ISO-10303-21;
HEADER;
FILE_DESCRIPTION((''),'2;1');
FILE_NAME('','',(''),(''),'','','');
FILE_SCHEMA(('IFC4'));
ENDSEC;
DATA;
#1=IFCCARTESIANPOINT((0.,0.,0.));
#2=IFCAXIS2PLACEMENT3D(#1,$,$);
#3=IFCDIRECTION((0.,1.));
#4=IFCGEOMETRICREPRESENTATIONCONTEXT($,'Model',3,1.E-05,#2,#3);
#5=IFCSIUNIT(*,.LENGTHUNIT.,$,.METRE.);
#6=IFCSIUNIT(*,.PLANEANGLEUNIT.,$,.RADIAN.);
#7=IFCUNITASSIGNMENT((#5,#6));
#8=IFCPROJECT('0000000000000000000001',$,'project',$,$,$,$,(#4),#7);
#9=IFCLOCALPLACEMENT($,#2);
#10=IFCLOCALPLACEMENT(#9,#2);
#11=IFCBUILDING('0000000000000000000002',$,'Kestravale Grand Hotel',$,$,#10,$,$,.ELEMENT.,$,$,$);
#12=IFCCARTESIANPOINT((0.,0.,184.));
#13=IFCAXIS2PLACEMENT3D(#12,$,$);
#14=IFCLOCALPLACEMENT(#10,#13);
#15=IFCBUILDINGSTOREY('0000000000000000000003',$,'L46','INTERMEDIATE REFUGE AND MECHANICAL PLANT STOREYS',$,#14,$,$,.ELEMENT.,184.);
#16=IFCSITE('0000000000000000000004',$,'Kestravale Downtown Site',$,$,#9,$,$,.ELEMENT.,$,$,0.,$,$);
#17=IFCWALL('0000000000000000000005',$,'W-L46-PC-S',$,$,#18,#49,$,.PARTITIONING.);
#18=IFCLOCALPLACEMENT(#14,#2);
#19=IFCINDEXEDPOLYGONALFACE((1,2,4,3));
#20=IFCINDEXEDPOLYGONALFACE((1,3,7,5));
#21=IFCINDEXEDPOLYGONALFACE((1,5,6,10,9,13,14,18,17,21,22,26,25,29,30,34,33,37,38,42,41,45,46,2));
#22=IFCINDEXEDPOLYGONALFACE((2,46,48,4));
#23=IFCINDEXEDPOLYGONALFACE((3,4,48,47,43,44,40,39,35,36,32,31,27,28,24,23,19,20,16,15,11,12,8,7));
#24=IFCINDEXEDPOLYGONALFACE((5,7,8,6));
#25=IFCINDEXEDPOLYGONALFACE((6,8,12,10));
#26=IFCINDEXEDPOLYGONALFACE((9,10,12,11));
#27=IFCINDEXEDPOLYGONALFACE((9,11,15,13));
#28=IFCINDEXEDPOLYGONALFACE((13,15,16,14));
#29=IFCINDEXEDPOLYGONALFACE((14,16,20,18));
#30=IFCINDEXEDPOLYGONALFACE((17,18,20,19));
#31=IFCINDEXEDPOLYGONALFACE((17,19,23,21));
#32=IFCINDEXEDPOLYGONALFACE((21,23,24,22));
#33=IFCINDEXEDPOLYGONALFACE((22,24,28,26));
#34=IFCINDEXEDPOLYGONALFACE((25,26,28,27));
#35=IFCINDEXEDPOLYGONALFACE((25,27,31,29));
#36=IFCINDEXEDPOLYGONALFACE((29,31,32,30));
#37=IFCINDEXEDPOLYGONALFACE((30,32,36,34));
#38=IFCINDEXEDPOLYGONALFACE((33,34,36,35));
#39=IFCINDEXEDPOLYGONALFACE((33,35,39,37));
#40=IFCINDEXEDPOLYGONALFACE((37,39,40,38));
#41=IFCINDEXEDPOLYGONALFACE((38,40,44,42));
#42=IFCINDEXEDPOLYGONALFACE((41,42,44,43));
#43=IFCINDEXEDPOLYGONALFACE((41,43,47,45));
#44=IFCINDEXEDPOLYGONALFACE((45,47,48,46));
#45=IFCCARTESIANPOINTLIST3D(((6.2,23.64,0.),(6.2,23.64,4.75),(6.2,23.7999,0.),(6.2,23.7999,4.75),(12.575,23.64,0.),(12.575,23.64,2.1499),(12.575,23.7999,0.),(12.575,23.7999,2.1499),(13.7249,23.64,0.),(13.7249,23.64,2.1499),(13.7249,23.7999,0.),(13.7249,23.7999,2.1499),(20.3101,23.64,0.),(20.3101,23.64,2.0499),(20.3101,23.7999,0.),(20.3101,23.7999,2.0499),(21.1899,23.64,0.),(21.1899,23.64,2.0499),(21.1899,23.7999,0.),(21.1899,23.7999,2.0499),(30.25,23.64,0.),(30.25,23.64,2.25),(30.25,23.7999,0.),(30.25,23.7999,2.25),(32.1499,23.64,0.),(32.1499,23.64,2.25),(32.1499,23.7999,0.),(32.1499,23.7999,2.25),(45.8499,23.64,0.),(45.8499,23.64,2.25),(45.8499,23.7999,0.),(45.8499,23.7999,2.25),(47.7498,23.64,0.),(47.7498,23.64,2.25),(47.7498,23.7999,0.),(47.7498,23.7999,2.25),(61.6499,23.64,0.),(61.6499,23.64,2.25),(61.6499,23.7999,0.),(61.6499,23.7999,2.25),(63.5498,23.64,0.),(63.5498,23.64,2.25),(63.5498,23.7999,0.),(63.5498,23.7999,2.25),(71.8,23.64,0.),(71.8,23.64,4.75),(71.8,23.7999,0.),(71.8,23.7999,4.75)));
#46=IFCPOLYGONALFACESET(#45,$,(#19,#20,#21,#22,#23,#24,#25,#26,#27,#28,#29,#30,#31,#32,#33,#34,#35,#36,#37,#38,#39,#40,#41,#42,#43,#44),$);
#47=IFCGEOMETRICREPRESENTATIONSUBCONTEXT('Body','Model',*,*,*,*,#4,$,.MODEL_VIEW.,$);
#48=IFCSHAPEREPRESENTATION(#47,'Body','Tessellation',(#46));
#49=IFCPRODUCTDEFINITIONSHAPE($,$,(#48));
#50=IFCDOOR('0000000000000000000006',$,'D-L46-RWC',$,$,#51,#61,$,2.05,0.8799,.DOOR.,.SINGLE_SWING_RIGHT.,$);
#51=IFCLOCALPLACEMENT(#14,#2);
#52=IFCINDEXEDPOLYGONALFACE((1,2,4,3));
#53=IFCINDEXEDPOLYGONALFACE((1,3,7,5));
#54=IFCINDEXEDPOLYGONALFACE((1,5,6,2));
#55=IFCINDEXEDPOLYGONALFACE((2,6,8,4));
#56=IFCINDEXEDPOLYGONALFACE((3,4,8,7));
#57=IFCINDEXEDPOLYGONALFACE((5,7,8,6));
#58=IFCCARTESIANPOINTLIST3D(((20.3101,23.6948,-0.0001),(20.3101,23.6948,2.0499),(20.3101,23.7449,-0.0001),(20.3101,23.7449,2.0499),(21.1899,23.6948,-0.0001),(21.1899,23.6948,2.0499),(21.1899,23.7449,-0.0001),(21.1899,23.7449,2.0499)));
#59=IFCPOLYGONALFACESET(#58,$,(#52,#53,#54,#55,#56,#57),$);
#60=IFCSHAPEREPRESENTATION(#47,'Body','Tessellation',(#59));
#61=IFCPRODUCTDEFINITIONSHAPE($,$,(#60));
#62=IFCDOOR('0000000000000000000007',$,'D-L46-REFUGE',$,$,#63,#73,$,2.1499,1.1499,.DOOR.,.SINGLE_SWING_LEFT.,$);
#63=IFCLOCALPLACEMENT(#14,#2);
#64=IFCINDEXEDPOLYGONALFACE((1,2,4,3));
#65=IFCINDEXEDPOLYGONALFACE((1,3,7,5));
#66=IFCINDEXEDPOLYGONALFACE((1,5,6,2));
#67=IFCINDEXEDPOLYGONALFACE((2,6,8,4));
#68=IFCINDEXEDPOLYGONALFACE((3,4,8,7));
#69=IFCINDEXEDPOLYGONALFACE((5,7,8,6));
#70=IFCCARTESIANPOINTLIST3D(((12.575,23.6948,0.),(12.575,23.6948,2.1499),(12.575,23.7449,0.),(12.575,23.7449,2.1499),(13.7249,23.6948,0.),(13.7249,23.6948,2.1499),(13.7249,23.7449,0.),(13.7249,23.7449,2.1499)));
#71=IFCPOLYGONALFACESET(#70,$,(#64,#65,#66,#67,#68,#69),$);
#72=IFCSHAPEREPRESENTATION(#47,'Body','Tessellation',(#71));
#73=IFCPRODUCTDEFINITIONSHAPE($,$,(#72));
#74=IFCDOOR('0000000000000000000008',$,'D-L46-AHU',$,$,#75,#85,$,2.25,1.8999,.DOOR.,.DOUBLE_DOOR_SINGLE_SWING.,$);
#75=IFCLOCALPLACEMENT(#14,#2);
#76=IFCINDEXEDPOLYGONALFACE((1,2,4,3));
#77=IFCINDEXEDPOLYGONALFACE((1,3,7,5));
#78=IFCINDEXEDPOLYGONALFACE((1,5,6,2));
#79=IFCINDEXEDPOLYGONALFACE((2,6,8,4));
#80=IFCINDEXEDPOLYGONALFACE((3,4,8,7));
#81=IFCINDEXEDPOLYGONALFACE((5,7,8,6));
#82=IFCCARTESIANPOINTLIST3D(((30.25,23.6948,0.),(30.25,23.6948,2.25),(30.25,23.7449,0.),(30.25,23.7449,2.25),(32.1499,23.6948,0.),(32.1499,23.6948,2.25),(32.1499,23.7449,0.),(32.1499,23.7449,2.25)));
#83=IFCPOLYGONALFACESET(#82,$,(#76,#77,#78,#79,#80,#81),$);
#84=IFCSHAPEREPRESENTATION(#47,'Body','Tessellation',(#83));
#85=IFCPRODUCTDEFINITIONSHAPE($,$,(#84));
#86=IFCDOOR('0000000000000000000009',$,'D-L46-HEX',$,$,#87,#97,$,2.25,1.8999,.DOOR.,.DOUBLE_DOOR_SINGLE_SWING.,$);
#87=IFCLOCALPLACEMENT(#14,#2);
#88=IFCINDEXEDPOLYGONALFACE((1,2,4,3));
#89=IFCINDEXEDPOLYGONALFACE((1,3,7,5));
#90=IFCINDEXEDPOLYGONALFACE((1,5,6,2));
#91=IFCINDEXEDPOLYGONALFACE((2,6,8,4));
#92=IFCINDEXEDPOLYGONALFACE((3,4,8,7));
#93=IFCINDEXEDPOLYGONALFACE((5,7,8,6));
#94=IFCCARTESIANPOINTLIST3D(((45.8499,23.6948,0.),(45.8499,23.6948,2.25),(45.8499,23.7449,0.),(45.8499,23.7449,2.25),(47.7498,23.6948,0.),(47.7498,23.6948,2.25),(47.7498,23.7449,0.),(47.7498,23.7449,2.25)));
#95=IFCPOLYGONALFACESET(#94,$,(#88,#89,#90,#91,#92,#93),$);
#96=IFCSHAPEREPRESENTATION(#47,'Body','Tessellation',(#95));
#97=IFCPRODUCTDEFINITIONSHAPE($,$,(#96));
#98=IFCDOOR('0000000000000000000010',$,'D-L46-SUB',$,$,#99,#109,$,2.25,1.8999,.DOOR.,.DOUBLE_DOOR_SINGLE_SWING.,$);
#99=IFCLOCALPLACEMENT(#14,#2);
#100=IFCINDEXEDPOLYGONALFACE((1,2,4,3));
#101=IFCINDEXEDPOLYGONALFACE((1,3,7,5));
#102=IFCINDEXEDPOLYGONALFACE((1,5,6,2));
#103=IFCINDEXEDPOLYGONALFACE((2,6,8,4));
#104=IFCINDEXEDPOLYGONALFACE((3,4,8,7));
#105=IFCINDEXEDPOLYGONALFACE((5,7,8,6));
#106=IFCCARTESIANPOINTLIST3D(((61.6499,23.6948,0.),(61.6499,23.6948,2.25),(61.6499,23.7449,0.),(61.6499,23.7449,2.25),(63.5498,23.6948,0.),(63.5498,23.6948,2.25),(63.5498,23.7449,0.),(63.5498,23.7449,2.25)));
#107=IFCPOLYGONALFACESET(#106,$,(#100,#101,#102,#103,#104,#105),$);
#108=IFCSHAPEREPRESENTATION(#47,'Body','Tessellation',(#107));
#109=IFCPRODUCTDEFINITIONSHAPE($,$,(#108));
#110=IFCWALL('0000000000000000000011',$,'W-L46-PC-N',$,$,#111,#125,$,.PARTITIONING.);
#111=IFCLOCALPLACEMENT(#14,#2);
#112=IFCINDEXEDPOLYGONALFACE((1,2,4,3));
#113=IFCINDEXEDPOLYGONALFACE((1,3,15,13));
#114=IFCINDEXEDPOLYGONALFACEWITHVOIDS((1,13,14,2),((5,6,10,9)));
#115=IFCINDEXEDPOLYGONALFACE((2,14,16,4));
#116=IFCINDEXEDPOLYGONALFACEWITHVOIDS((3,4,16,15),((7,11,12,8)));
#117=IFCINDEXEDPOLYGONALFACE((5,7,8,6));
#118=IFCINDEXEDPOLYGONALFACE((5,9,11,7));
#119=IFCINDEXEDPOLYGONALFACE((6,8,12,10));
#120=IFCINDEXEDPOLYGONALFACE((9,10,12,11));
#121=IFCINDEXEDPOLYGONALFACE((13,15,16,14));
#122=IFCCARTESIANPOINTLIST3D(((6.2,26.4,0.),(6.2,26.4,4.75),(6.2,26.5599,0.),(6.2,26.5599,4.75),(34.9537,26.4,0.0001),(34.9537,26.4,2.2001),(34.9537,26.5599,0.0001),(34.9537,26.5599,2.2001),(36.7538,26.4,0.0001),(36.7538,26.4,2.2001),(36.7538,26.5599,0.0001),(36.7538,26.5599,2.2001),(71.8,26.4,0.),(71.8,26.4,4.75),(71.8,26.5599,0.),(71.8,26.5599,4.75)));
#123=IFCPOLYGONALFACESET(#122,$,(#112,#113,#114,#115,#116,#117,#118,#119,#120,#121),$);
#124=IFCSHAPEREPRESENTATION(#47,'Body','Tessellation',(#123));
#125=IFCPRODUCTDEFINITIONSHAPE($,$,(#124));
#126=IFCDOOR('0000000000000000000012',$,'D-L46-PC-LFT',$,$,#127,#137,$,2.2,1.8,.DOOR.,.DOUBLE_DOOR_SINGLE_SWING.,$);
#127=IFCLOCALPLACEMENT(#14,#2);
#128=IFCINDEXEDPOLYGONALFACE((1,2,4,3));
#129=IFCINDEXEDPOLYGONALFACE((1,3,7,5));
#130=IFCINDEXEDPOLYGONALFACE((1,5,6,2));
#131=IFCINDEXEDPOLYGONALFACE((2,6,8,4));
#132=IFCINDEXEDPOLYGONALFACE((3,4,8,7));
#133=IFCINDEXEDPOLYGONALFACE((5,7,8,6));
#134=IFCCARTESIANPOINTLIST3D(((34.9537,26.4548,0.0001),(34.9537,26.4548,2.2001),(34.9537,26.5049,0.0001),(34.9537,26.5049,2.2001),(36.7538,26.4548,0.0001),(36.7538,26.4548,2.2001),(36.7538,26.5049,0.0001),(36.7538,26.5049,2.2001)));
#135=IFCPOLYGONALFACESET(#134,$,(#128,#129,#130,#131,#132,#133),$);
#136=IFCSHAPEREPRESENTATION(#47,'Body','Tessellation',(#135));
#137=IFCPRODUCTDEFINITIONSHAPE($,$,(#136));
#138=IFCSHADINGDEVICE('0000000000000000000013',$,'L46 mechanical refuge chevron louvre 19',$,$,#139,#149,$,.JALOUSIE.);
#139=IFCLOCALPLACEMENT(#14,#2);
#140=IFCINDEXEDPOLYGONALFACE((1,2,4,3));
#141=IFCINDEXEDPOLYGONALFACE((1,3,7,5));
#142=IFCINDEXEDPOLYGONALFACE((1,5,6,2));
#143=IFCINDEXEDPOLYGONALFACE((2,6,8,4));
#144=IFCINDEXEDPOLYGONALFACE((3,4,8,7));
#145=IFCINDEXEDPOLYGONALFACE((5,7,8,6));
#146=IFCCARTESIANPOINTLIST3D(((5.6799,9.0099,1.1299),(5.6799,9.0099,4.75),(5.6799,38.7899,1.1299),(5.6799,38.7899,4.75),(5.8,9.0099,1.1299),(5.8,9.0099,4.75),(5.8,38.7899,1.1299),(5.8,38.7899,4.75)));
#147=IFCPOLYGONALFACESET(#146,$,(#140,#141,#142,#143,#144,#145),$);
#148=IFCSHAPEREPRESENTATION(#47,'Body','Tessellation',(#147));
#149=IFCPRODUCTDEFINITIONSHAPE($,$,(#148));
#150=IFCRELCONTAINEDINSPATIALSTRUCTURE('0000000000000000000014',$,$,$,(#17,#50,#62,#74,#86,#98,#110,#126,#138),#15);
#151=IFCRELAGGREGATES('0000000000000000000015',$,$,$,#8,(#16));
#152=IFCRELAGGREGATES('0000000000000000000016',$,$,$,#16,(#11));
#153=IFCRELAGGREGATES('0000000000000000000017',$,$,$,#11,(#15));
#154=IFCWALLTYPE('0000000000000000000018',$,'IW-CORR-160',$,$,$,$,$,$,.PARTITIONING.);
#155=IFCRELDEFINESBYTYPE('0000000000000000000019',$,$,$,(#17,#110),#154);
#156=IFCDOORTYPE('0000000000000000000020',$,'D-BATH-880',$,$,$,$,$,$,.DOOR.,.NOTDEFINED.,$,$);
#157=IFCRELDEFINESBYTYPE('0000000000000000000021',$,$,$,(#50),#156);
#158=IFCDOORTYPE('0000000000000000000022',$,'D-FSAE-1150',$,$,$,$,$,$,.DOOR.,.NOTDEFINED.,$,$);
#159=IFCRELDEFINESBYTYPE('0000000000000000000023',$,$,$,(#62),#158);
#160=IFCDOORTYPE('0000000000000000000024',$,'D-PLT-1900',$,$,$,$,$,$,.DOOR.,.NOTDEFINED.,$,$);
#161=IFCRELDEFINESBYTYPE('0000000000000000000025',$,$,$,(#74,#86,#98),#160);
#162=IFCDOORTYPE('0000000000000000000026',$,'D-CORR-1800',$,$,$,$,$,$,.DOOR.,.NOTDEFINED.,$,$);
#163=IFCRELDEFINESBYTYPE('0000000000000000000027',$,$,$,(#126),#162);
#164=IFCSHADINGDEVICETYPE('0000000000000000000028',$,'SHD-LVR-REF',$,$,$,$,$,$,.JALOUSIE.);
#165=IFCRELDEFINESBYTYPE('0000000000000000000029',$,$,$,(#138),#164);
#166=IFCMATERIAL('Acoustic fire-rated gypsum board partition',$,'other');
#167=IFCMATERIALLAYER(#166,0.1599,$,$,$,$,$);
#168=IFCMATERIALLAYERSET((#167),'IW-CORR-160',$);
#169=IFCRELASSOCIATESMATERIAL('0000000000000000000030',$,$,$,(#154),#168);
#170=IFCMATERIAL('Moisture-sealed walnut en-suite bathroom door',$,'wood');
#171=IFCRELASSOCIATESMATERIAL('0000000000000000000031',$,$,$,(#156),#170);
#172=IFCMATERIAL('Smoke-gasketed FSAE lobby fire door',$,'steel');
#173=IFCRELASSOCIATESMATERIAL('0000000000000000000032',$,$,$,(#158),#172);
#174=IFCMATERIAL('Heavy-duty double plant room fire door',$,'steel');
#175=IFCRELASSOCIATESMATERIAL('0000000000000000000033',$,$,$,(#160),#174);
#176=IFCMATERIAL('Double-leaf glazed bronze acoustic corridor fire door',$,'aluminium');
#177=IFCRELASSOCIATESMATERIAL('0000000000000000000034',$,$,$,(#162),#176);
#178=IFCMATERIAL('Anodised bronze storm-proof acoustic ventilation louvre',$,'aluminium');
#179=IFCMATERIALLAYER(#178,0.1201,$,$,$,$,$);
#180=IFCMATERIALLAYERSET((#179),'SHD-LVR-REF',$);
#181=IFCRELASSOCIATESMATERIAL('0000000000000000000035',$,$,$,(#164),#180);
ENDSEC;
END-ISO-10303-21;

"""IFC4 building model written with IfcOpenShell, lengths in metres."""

from ifc_helpers import new_model, si_unit, direction, frame, frame_2d, origin, origin_2d, place, context, subcontext, project, spatial, rectangle, extrude, material, layer, layer_set, type_object, element, fill, save


model = new_model("IFC4")

# Units and contexts
model_context = context("Model", 3, precision=1e-05, world=origin(), true_north=direction((0.0, 1.0)))
body_context = subcontext(model_context, "Body", "Model", "MODEL_VIEW")
ifc_project = project(units=[si_unit("LENGTHUNIT", "METRE"), si_unit("PLANEANGLEUNIT", "RADIAN")], contexts=[model_context])

# Site, building, storey
site_placement = place(None, origin())
site = spatial("IfcSite", under=ifc_project, at=site_placement, Name="Kestravale Downtown Site", CompositionType="ELEMENT", RefElevation=0.0)
building_placement = place(site_placement, origin())
building = spatial("IfcBuilding", under=site, at=building_placement, Name="Kestravale Grand Hotel", CompositionType="ELEMENT")
storey_placement = place(building_placement, frame((0.0, 0.0, 184.0)))
storey = spatial("IfcBuildingStorey", under=building, at=storey_placement, Name="L46", Description="INTERMEDIATE REFUGE AND MECHANICAL PLANT STOREYS", CompositionType="ELEMENT", Elevation=184.0)

# Wall, openings, doors
ifc_material_1 = material(Name="Acoustic fire-rated gypsum board partition", Category="other")
ifc_layer_1 = layer(ifc_material_1, 0.1599)
ifc_layer_set_1 = layer_set([ifc_layer_1], Name="IW-CORR-160")
wall_type = type_object("IfcWallType", Name="IW-CORR-160", PredefinedType="PARTITIONING", material=ifc_layer_set_1)
wall_1_placement = place(storey_placement, frame((6.2, 23.72, 0.0), z_axis=(0.0, 0.0, 1.0), x_axis=(1.0, 0.0, 0.0)))
wall_1 = element("IfcWall", 1, at=wall_1_placement, inside=storey, type_object=wall_type, Name="W-L46-PC-S", PredefinedType="PARTITIONING", context=body_context, shape_type="SweptSolid", body=[
    extrude(rectangle(XDim=65.6001, YDim=0.1599, at=frame_2d((32.8, 0.0))), origin(), (0.0, 0.0, 1.0), 4.75),
])
opening_1_placement = place(wall_1_placement, frame((14.1101, 0.0, 0.0)))
opening_1 = element("IfcOpeningElement", 2, at=opening_1_placement, cuts=wall_1, PredefinedType="OPENING", context=body_context, shape_type="SweptSolid", body=[
    extrude(rectangle(XDim=0.8799, YDim=2.05, at=frame_2d((0.4399, 1.0249))), frame((0.0, 0.0898, 0.0), z_axis=(0.0, -1.0, 0.0), x_axis=(1.0, 0.0, 0.0)), (0.0, 0.0, 1.0), 0.1799),
])
opening_2_placement = place(wall_1_placement, frame((6.375, 0.0, 0.0)))
opening_2 = element("IfcOpeningElement", 3, at=opening_2_placement, cuts=wall_1, PredefinedType="OPENING", context=body_context, shape_type="SweptSolid", body=[
    extrude(rectangle(XDim=1.1499, YDim=2.1499, at=frame_2d((0.575, 1.075))), frame((0.0, 0.0898, 0.0), z_axis=(0.0, -1.0, 0.0), x_axis=(1.0, 0.0, 0.0)), (0.0, 0.0, 1.0), 0.1799),
])
opening_3_placement = place(wall_1_placement, frame((24.05, 0.0, 0.0)))
opening_3 = element("IfcOpeningElement", 4, at=opening_3_placement, cuts=wall_1, PredefinedType="OPENING", context=body_context, shape_type="SweptSolid", body=[
    extrude(rectangle(XDim=1.8999, YDim=2.25, at=frame_2d((0.95, 1.125))), frame((0.0, 0.0898, 0.0), z_axis=(0.0, -1.0, 0.0), x_axis=(1.0, 0.0, 0.0)), (0.0, 0.0, 1.0), 0.1799),
])
opening_4_placement = place(wall_1_placement, frame((39.6499, 0.0, 0.0)))
opening_4 = element("IfcOpeningElement", 5, at=opening_4_placement, cuts=wall_1, PredefinedType="OPENING", context=body_context, shape_type="SweptSolid", body=[
    extrude(rectangle(XDim=1.8999, YDim=2.25, at=frame_2d((0.95, 1.125))), frame((0.0, 0.0898, 0.0), z_axis=(0.0, -1.0, 0.0), x_axis=(1.0, 0.0, 0.0)), (0.0, 0.0, 1.0), 0.1799),
])
opening_5_placement = place(wall_1_placement, frame((55.45, 0.0, 0.0)))
opening_5 = element("IfcOpeningElement", 6, at=opening_5_placement, cuts=wall_1, PredefinedType="OPENING", context=body_context, shape_type="SweptSolid", body=[
    extrude(rectangle(XDim=1.8999, YDim=2.25, at=frame_2d((0.95, 1.125))), frame((0.0, 0.0898, 0.0), z_axis=(0.0, -1.0, 0.0), x_axis=(1.0, 0.0, 0.0)), (0.0, 0.0, 1.0), 0.1799),
])
ifc_material_2 = material(Name="Moisture-sealed walnut en-suite bathroom door", Category="wood")
door_type_1 = type_object("IfcDoorType", Name="D-BATH-880", OperationType="NOTDEFINED", PredefinedType="DOOR", material=ifc_material_2)
door_1_placement = place(opening_1_placement, origin())
door_1 = element("IfcDoor", 7, at=door_1_placement, inside=storey, type_object=door_type_1, Name="D-L46-RWC", OperationType="SINGLE_SWING_RIGHT", OverallHeight=2.05, OverallWidth=0.8799, PredefinedType="DOOR", context=body_context, shape_type="SweptSolid", body=[
    extrude(rectangle(XDim=0.8799, YDim=2.05, at=frame_2d((0.4399, 1.0249))), frame((0.0, 0.0249, 0.0), z_axis=(0.0, -1.0, 0.0), x_axis=(1.0, 0.0, 0.0)), (0.0, 0.0, 1.0), 0.05),
])
fill(opening_1, door_1)
ifc_material_3 = material(Name="Smoke-gasketed FSAE lobby fire door", Category="steel")
door_type_2 = type_object("IfcDoorType", Name="D-FSAE-1150", OperationType="NOTDEFINED", PredefinedType="DOOR", material=ifc_material_3)
door_2_placement = place(opening_2_placement, origin())
door_2 = element("IfcDoor", 8, at=door_2_placement, inside=storey, type_object=door_type_2, Name="D-L46-REFUGE", OperationType="SINGLE_SWING_LEFT", OverallHeight=2.1499, OverallWidth=1.1499, PredefinedType="DOOR", context=body_context, shape_type="SweptSolid", body=[
    extrude(rectangle(XDim=1.1499, YDim=2.1499, at=frame_2d((0.575, 1.075))), frame((0.0, 0.0249, 0.0), z_axis=(0.0, -1.0, 0.0), x_axis=(1.0, 0.0, 0.0)), (0.0, 0.0, 1.0), 0.05),
])
fill(opening_2, door_2)
ifc_material_4 = material(Name="Heavy-duty double plant room fire door", Category="steel")
door_type_3 = type_object("IfcDoorType", Name="D-PLT-1900", OperationType="NOTDEFINED", PredefinedType="DOOR", material=ifc_material_4)
door_3_placement = place(opening_3_placement, origin())
door_3 = element("IfcDoor", 9, at=door_3_placement, inside=storey, type_object=door_type_3, Name="D-L46-AHU", OperationType="DOUBLE_DOOR_SINGLE_SWING", OverallHeight=2.25, OverallWidth=1.8999, PredefinedType="DOOR", context=body_context, shape_type="SweptSolid", body=[
    extrude(rectangle(XDim=1.8999, YDim=2.25, at=frame_2d((0.95, 1.125))), frame((0.0, 0.0249, 0.0), z_axis=(0.0, -1.0, 0.0), x_axis=(1.0, 0.0, 0.0)), (0.0, 0.0, 1.0), 0.05),
])
fill(opening_3, door_3)
door_4_placement = place(opening_4_placement, origin())
door_4 = element("IfcDoor", 10, at=door_4_placement, inside=storey, type_object=door_type_3, Name="D-L46-HEX", OperationType="DOUBLE_DOOR_SINGLE_SWING", OverallHeight=2.25, OverallWidth=1.8999, PredefinedType="DOOR", context=body_context, shape_type="SweptSolid", body=[
    extrude(rectangle(XDim=1.8999, YDim=2.25, at=frame_2d((0.95, 1.125))), frame((0.0, 0.0249, 0.0), z_axis=(0.0, -1.0, 0.0), x_axis=(1.0, 0.0, 0.0)), (0.0, 0.0, 1.0), 0.05),
])
fill(opening_4, door_4)
door_5_placement = place(opening_5_placement, origin())
door_5 = element("IfcDoor", 11, at=door_5_placement, inside=storey, type_object=door_type_3, Name="D-L46-SUB", OperationType="DOUBLE_DOOR_SINGLE_SWING", OverallHeight=2.25, OverallWidth=1.8999, PredefinedType="DOOR", context=body_context, shape_type="SweptSolid", body=[
    extrude(rectangle(XDim=1.8999, YDim=2.25, at=frame_2d((0.95, 1.125))), frame((0.0, 0.0249, 0.0), z_axis=(0.0, -1.0, 0.0), x_axis=(1.0, 0.0, 0.0)), (0.0, 0.0, 1.0), 0.05),
])
fill(opening_5, door_5)

# Wall, opening, door
wall_2_placement = place(storey_placement, frame((6.2, 26.48, 0.0), z_axis=(0.0, 0.0, 1.0), x_axis=(1.0, 0.0, 0.0)))
wall_2 = element("IfcWall", 12, at=wall_2_placement, inside=storey, type_object=wall_type, Name="W-L46-PC-N", PredefinedType="PARTITIONING", context=body_context, shape_type="SweptSolid", body=[
    extrude(rectangle(XDim=65.6001, YDim=0.1599, at=frame_2d((32.8, 0.0))), origin(), (0.0, 0.0, 1.0), 4.75),
])
opening_6_placement = place(wall_2_placement, frame((28.7539, 0.0, 0.0)))
opening_6 = element("IfcOpeningElement", 13, at=opening_6_placement, cuts=wall_2, PredefinedType="OPENING", context=body_context, shape_type="SweptSolid", body=[
    extrude(rectangle(XDim=1.8, YDim=2.2, at=frame_2d((0.8999, 1.1001))), frame((0.0, 0.0898, 0.0), z_axis=(0.0, -1.0, 0.0), x_axis=(1.0, 0.0, 0.0)), (0.0, 0.0, 1.0), 0.1799),
])
ifc_material_5 = material(Name="Double-leaf glazed bronze acoustic corridor fire door", Category="aluminium")
door_type_4 = type_object("IfcDoorType", Name="D-CORR-1800", OperationType="NOTDEFINED", PredefinedType="DOOR", material=ifc_material_5)
door_6_placement = place(opening_6_placement, origin())
door_6 = element("IfcDoor", 14, at=door_6_placement, inside=storey, type_object=door_type_4, Name="D-L46-PC-LFT", OperationType="DOUBLE_DOOR_SINGLE_SWING", OverallHeight=2.2, OverallWidth=1.8, PredefinedType="DOOR", context=body_context, shape_type="SweptSolid", body=[
    extrude(rectangle(XDim=1.8, YDim=2.2, at=frame_2d((0.8999, 1.1001))), frame((0.0, 0.0249, 0.0), z_axis=(0.0, -1.0, 0.0), x_axis=(1.0, 0.0, 0.0)), (0.0, 0.0, 1.0), 0.05),
])
fill(opening_6, door_6)

# Shading device
ifc_material_6 = material(Name="Anodised bronze storm-proof acoustic ventilation louvre", Category="aluminium")
ifc_layer_2 = layer(ifc_material_6, 0.1201)
ifc_layer_set_2 = layer_set([ifc_layer_2], Name="SHD-LVR-REF")
shading_device_type = type_object("IfcShadingDeviceType", Name="SHD-LVR-REF", PredefinedType="JALOUSIE", material=ifc_layer_set_2)
shading_device_placement = place(storey_placement, frame((5.74, 23.8999, 1.1299), z_axis=(0.0, 0.0, 1.0), x_axis=(0.0, -1.0, 0.0)))
element("IfcShadingDevice", 15, at=shading_device_placement, inside=storey, type_object=shading_device_type, Name="L46 mechanical refuge chevron louvre 19", PredefinedType="JALOUSIE", context=body_context, shape_type="SweptSolid", body=[
    extrude(rectangle(XDim=29.78, YDim=0.1201, at=origin_2d()), origin(), (0.0, 0.0, 1.0), 3.6201),
])

save(model, "model.ifc")
